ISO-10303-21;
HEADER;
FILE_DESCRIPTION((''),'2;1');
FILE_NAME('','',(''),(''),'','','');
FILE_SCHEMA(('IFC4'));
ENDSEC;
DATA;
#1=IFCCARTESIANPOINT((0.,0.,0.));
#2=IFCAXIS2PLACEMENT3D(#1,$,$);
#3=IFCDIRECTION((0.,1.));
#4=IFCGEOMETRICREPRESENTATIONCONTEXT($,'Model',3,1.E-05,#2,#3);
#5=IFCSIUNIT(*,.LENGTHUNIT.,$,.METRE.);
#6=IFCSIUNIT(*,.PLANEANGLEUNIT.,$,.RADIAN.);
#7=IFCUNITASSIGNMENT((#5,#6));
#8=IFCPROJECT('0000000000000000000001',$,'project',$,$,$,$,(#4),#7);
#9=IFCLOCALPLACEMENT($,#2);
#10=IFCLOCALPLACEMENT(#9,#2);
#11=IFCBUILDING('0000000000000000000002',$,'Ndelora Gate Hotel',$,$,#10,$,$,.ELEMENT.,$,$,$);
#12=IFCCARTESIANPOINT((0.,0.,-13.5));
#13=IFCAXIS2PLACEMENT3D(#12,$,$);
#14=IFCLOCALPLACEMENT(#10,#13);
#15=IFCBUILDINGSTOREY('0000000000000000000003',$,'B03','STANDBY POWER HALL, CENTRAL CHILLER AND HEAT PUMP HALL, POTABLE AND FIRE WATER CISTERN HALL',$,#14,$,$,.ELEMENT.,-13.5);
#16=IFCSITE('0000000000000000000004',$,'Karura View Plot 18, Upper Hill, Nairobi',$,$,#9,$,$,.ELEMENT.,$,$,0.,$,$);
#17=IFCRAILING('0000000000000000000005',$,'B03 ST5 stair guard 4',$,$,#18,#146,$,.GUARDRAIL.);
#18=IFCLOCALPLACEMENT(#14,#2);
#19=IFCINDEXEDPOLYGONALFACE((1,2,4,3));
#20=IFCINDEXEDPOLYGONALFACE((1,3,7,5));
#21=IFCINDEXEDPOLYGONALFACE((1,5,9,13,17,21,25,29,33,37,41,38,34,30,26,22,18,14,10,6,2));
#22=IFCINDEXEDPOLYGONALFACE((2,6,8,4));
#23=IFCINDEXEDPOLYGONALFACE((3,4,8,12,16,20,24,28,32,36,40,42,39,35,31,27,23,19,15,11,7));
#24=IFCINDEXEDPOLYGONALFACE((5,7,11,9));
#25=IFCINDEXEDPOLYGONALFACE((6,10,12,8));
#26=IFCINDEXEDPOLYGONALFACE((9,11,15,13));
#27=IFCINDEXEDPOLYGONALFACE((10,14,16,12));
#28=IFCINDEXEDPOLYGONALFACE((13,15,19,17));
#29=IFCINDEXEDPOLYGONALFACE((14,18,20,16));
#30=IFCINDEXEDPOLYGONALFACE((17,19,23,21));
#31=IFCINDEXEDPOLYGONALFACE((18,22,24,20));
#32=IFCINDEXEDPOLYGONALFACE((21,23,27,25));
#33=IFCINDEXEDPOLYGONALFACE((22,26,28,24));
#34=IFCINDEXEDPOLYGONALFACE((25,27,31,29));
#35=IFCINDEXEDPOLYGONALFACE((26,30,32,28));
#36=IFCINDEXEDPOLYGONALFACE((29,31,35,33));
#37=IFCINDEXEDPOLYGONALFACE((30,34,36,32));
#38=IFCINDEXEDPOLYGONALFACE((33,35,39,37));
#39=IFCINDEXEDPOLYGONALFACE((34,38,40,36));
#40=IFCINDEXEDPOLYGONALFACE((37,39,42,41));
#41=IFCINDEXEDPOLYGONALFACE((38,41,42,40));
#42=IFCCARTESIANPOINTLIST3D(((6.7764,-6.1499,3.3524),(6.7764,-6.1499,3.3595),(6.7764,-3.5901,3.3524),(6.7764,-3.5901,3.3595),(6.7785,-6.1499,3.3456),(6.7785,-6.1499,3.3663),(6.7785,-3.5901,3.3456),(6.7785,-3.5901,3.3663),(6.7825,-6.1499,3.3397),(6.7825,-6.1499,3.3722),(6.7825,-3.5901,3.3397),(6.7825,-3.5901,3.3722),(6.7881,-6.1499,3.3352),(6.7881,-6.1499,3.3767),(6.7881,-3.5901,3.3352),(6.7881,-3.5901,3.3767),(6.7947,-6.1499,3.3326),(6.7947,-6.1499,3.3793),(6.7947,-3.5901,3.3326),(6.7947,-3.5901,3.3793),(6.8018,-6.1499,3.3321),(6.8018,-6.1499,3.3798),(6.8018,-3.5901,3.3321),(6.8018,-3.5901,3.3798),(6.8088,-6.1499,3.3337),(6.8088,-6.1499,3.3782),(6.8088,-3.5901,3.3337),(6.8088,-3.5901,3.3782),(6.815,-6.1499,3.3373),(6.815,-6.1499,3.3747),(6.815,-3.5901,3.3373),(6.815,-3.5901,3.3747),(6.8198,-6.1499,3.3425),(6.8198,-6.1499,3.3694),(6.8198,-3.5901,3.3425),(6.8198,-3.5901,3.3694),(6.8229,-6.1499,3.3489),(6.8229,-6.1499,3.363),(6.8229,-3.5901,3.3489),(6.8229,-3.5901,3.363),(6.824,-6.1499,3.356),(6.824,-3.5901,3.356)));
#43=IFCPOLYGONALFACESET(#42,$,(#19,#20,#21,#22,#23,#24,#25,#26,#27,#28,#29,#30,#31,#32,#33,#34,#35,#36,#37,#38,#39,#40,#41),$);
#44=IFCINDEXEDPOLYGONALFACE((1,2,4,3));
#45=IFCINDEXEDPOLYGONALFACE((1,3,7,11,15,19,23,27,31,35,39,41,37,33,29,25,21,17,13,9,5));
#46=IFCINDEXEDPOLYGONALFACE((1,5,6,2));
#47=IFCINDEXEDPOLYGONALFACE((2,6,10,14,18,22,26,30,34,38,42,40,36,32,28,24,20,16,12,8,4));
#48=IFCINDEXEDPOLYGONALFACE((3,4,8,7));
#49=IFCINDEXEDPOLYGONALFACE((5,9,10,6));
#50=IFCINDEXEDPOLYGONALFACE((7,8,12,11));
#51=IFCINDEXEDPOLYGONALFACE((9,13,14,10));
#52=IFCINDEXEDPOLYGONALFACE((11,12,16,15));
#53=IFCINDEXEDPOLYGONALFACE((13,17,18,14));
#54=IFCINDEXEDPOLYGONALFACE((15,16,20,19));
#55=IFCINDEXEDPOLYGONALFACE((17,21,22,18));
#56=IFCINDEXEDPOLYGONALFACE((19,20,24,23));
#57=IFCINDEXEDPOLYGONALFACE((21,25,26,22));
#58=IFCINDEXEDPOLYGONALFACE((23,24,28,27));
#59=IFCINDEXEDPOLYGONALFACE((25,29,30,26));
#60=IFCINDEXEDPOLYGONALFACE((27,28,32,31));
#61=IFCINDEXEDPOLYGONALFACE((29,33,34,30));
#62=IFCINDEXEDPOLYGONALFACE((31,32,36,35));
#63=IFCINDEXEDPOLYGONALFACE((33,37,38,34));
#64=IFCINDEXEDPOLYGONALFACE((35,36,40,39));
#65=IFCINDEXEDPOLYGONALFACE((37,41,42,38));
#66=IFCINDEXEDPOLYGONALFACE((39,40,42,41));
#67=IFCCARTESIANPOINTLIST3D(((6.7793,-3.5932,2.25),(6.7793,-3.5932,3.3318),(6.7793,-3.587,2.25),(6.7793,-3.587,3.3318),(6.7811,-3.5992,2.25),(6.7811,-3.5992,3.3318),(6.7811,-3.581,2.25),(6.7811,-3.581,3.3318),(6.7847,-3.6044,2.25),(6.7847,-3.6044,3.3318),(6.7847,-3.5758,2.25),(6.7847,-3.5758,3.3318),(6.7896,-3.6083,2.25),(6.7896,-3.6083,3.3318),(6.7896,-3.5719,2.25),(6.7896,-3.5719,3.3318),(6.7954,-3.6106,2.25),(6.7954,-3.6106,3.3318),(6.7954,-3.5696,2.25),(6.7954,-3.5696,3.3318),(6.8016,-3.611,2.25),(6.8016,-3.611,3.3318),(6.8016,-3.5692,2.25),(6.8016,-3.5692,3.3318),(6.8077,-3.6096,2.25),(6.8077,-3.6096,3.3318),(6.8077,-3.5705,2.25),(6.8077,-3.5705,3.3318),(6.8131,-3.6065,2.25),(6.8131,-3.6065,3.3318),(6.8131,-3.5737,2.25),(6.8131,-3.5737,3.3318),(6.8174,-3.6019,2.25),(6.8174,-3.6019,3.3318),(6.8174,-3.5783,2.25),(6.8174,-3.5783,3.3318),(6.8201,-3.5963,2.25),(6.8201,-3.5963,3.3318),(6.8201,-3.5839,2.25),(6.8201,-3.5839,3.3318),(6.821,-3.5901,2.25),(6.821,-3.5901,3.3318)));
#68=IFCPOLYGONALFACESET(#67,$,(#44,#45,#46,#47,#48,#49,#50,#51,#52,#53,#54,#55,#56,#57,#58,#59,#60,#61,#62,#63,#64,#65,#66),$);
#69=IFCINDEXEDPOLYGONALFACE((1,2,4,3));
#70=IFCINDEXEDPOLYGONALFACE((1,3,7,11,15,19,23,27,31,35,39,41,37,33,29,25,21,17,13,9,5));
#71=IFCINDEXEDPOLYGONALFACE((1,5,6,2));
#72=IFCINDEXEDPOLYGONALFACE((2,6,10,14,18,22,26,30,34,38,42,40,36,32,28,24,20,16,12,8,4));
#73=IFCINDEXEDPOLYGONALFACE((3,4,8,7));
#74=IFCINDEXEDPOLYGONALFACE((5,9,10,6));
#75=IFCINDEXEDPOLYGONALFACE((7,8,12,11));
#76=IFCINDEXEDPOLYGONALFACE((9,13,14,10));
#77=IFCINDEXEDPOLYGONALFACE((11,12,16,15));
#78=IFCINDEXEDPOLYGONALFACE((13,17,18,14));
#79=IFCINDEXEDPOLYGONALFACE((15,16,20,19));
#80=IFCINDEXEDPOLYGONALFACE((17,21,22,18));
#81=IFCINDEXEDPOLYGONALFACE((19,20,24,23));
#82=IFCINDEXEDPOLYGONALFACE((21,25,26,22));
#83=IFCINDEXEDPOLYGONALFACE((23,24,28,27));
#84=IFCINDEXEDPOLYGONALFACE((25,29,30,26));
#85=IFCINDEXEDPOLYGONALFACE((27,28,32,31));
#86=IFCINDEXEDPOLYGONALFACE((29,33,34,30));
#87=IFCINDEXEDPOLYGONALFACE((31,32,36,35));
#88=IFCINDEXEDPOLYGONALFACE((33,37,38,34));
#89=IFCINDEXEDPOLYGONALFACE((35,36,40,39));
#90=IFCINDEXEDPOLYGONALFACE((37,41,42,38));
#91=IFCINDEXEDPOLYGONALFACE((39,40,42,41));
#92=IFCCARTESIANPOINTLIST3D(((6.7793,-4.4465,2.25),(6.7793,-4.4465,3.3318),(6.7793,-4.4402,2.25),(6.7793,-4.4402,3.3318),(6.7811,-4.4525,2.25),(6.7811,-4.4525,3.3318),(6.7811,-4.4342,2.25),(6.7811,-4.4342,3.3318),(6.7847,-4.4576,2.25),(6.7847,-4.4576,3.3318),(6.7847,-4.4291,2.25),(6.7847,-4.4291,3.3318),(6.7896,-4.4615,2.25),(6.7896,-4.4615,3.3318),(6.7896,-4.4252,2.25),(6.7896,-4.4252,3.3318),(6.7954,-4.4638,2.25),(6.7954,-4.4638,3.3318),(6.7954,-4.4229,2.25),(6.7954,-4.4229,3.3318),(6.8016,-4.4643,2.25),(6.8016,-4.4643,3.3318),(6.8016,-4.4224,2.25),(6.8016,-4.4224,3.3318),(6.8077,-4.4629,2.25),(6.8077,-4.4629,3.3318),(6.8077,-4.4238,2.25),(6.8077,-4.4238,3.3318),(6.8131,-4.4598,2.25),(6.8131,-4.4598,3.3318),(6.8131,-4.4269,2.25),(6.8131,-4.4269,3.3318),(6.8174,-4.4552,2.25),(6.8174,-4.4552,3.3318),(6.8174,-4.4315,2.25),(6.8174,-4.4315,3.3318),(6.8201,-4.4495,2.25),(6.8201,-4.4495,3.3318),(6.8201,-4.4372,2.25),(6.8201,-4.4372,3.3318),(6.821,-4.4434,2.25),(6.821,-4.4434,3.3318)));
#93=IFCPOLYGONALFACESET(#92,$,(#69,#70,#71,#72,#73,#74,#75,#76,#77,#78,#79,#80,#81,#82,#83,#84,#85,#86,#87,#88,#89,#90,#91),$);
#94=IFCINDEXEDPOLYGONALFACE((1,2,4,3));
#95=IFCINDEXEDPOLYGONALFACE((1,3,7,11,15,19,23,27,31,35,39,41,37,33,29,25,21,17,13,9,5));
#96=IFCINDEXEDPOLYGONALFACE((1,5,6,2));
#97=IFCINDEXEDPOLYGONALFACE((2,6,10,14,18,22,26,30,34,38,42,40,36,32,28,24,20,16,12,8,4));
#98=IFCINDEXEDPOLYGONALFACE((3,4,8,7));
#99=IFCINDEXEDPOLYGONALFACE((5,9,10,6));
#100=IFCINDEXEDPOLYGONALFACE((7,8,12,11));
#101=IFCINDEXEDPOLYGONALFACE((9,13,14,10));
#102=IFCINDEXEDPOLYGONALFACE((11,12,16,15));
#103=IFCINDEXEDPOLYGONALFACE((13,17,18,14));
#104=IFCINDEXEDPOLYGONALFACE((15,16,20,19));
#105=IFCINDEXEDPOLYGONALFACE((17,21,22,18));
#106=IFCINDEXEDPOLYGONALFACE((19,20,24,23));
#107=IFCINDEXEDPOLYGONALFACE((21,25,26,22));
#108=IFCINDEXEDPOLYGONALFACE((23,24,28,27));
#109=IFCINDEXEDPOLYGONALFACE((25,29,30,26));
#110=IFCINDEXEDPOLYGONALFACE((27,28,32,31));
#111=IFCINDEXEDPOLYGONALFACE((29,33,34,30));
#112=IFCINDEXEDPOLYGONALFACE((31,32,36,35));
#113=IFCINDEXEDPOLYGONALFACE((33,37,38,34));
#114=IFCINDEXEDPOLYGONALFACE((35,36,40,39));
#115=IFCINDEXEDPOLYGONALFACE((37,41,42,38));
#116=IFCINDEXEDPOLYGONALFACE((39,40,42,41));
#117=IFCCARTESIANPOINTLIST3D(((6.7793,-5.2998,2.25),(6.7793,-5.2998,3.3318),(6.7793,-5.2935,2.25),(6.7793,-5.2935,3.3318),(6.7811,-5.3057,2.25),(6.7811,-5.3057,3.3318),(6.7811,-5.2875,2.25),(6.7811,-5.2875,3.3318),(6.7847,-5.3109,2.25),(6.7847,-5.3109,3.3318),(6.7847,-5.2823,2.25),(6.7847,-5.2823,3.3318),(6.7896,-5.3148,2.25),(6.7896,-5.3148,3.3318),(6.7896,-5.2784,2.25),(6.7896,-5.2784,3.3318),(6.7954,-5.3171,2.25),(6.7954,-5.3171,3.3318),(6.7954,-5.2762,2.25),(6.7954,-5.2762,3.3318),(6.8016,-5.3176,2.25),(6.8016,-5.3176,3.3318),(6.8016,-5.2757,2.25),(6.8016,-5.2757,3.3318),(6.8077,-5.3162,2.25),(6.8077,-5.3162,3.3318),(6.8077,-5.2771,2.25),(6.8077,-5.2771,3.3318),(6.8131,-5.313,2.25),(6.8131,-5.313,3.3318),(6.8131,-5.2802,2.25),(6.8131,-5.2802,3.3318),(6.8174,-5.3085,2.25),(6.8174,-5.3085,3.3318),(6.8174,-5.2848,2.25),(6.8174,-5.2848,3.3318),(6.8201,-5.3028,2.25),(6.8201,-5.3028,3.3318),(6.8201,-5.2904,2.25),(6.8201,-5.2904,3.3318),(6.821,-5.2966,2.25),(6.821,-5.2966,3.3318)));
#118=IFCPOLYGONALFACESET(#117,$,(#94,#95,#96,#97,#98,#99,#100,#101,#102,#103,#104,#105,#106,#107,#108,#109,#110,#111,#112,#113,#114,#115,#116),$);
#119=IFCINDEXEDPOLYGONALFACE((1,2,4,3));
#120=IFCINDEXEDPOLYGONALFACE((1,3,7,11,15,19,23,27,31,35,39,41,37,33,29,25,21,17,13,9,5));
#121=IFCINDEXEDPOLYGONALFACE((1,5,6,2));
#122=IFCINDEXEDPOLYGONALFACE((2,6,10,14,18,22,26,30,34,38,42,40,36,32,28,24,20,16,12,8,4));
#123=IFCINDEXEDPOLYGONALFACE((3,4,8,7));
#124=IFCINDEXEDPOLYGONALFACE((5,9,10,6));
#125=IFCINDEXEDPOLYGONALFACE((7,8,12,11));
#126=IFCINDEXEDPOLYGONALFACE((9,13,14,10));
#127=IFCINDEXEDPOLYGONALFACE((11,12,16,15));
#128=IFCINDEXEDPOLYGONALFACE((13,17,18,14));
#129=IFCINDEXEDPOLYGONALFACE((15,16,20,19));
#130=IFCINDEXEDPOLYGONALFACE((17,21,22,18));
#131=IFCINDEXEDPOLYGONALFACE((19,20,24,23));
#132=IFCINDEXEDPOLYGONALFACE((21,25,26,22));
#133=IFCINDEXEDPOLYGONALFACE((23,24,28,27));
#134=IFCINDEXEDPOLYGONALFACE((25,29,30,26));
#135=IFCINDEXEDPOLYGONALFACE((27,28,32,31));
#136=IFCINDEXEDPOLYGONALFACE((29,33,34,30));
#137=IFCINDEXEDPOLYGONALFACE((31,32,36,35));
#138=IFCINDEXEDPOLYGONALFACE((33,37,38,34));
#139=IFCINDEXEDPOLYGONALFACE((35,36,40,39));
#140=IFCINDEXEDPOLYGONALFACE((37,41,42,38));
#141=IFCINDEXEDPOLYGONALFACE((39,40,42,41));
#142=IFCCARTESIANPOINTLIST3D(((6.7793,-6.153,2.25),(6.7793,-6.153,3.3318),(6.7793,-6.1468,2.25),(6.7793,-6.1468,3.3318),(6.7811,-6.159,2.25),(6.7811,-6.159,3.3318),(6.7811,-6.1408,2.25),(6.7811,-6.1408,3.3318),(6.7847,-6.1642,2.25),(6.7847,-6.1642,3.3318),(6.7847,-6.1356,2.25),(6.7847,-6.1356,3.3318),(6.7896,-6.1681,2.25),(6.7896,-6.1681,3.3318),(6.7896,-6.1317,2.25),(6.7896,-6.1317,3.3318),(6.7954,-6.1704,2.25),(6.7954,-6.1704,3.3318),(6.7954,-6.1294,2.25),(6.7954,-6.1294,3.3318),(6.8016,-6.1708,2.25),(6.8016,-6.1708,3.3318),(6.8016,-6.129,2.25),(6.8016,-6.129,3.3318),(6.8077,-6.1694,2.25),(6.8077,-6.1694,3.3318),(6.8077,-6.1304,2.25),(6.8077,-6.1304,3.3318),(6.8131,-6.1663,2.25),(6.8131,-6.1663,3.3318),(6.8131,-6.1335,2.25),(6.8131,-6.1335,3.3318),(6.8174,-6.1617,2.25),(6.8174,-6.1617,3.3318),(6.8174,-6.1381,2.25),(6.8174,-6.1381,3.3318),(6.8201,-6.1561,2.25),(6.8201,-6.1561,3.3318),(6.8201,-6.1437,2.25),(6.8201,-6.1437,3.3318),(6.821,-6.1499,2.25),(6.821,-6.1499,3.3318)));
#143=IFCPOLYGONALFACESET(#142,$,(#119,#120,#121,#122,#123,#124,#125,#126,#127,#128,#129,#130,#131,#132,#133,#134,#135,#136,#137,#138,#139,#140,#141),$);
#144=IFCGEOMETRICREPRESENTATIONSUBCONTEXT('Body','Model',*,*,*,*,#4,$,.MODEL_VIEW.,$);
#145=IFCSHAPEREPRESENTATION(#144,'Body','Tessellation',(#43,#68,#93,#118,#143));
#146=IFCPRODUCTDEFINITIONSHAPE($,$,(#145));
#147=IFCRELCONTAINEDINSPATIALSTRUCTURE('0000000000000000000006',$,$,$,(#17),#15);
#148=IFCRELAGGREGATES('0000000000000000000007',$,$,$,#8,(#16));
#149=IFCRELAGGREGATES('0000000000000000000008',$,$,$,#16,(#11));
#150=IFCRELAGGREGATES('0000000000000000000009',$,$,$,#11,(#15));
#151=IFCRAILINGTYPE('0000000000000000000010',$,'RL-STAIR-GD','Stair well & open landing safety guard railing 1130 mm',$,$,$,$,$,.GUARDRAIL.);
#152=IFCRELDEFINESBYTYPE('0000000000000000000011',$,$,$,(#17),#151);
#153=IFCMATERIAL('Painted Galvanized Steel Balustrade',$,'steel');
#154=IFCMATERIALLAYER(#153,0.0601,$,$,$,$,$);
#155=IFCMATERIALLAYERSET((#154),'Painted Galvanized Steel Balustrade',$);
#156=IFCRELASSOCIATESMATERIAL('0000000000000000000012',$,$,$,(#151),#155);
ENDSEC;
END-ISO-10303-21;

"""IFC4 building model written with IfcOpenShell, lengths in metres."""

from ifc_helpers import new_model, si_unit, direction, frame, origin, origin_2d, place, context, subcontext, project, spatial, circle, extrude, material, layer, layer_set, type_object, element, save


model = new_model("IFC4")

# Units and contexts
model_context = context("Model", 3, precision=1e-05, world=origin(), true_north=direction((0.0, 1.0)))
body_context = subcontext(model_context, "Body", "Model", "MODEL_VIEW")
ifc_project = project(units=[si_unit("LENGTHUNIT", "METRE"), si_unit("PLANEANGLEUNIT", "RADIAN")], contexts=[model_context])

# Site, building, storey
site_placement = place(None, origin())
site = spatial("IfcSite", under=ifc_project, at=site_placement, Name="Karura View Plot 18, Upper Hill, Nairobi", CompositionType="ELEMENT", RefElevation=0.0)
building_placement = place(site_placement, origin())
building = spatial("IfcBuilding", under=site, at=building_placement, Name="Ndelora Gate Hotel", CompositionType="ELEMENT")
storey_placement = place(building_placement, frame((0.0, 0.0, -13.5)))
storey = spatial("IfcBuildingStorey", under=building, at=storey_placement, Name="B03", Description="STANDBY POWER HALL, CENTRAL CHILLER AND HEAT PUMP HALL, POTABLE AND FIRE WATER CISTERN HALL", CompositionType="ELEMENT", Elevation=-13.5)

# Railing
ifc_material_1 = material(Name="Painted Galvanized Steel Balustrade", Category="steel")
ifc_layer_1 = layer(ifc_material_1, 0.0601)
ifc_layer_set_1 = layer_set([ifc_layer_1], Name="Painted Galvanized Steel Balustrade")
railing_type_1 = type_object("IfcRailingType", Name="RL-STAIR-GD", Description="Stair well & open landing safety guard railing 1130 mm", PredefinedType="GUARDRAIL", material=ifc_layer_set_1)
for number, where, name in (
    (1, (6.8, -3.5901, 2.25), "B03 ST5 stair guard 4"),
):
    element("IfcRailing", number, at=place(storey_placement, frame(where)), inside=storey, type_object=railing_type_1, Name=name, PredefinedType="GUARDRAIL", context=body_context, shape_type="SweptSolid", body=[
        extrude(circle(Radius=0.0239, at=origin_2d()), frame((0.0, 0.0, 1.106), z_axis=(0.0, -1.0, 0.0), x_axis=(1.0, 0.0, 0.0)), (0.0, 0.0, 1.0), 2.5598),
        extrude(circle(Radius=0.021, at=origin_2d()), origin(), (0.0, 0.0, 1.0), 1.0818),
        extrude(circle(Radius=0.021, at=origin_2d()), frame((0.0, -0.8533, 0.0)), (0.0, 0.0, 1.0), 1.0818),
        extrude(circle(Radius=0.021, at=origin_2d()), frame((0.0, -1.7065, 0.0)), (0.0, 0.0, 1.0), 1.0818),
        extrude(circle(Radius=0.021, at=origin_2d()), frame((0.0, -2.5598, 0.0)), (0.0, 0.0, 1.0), 1.0818),
    ])

save(model, "model.ifc")
